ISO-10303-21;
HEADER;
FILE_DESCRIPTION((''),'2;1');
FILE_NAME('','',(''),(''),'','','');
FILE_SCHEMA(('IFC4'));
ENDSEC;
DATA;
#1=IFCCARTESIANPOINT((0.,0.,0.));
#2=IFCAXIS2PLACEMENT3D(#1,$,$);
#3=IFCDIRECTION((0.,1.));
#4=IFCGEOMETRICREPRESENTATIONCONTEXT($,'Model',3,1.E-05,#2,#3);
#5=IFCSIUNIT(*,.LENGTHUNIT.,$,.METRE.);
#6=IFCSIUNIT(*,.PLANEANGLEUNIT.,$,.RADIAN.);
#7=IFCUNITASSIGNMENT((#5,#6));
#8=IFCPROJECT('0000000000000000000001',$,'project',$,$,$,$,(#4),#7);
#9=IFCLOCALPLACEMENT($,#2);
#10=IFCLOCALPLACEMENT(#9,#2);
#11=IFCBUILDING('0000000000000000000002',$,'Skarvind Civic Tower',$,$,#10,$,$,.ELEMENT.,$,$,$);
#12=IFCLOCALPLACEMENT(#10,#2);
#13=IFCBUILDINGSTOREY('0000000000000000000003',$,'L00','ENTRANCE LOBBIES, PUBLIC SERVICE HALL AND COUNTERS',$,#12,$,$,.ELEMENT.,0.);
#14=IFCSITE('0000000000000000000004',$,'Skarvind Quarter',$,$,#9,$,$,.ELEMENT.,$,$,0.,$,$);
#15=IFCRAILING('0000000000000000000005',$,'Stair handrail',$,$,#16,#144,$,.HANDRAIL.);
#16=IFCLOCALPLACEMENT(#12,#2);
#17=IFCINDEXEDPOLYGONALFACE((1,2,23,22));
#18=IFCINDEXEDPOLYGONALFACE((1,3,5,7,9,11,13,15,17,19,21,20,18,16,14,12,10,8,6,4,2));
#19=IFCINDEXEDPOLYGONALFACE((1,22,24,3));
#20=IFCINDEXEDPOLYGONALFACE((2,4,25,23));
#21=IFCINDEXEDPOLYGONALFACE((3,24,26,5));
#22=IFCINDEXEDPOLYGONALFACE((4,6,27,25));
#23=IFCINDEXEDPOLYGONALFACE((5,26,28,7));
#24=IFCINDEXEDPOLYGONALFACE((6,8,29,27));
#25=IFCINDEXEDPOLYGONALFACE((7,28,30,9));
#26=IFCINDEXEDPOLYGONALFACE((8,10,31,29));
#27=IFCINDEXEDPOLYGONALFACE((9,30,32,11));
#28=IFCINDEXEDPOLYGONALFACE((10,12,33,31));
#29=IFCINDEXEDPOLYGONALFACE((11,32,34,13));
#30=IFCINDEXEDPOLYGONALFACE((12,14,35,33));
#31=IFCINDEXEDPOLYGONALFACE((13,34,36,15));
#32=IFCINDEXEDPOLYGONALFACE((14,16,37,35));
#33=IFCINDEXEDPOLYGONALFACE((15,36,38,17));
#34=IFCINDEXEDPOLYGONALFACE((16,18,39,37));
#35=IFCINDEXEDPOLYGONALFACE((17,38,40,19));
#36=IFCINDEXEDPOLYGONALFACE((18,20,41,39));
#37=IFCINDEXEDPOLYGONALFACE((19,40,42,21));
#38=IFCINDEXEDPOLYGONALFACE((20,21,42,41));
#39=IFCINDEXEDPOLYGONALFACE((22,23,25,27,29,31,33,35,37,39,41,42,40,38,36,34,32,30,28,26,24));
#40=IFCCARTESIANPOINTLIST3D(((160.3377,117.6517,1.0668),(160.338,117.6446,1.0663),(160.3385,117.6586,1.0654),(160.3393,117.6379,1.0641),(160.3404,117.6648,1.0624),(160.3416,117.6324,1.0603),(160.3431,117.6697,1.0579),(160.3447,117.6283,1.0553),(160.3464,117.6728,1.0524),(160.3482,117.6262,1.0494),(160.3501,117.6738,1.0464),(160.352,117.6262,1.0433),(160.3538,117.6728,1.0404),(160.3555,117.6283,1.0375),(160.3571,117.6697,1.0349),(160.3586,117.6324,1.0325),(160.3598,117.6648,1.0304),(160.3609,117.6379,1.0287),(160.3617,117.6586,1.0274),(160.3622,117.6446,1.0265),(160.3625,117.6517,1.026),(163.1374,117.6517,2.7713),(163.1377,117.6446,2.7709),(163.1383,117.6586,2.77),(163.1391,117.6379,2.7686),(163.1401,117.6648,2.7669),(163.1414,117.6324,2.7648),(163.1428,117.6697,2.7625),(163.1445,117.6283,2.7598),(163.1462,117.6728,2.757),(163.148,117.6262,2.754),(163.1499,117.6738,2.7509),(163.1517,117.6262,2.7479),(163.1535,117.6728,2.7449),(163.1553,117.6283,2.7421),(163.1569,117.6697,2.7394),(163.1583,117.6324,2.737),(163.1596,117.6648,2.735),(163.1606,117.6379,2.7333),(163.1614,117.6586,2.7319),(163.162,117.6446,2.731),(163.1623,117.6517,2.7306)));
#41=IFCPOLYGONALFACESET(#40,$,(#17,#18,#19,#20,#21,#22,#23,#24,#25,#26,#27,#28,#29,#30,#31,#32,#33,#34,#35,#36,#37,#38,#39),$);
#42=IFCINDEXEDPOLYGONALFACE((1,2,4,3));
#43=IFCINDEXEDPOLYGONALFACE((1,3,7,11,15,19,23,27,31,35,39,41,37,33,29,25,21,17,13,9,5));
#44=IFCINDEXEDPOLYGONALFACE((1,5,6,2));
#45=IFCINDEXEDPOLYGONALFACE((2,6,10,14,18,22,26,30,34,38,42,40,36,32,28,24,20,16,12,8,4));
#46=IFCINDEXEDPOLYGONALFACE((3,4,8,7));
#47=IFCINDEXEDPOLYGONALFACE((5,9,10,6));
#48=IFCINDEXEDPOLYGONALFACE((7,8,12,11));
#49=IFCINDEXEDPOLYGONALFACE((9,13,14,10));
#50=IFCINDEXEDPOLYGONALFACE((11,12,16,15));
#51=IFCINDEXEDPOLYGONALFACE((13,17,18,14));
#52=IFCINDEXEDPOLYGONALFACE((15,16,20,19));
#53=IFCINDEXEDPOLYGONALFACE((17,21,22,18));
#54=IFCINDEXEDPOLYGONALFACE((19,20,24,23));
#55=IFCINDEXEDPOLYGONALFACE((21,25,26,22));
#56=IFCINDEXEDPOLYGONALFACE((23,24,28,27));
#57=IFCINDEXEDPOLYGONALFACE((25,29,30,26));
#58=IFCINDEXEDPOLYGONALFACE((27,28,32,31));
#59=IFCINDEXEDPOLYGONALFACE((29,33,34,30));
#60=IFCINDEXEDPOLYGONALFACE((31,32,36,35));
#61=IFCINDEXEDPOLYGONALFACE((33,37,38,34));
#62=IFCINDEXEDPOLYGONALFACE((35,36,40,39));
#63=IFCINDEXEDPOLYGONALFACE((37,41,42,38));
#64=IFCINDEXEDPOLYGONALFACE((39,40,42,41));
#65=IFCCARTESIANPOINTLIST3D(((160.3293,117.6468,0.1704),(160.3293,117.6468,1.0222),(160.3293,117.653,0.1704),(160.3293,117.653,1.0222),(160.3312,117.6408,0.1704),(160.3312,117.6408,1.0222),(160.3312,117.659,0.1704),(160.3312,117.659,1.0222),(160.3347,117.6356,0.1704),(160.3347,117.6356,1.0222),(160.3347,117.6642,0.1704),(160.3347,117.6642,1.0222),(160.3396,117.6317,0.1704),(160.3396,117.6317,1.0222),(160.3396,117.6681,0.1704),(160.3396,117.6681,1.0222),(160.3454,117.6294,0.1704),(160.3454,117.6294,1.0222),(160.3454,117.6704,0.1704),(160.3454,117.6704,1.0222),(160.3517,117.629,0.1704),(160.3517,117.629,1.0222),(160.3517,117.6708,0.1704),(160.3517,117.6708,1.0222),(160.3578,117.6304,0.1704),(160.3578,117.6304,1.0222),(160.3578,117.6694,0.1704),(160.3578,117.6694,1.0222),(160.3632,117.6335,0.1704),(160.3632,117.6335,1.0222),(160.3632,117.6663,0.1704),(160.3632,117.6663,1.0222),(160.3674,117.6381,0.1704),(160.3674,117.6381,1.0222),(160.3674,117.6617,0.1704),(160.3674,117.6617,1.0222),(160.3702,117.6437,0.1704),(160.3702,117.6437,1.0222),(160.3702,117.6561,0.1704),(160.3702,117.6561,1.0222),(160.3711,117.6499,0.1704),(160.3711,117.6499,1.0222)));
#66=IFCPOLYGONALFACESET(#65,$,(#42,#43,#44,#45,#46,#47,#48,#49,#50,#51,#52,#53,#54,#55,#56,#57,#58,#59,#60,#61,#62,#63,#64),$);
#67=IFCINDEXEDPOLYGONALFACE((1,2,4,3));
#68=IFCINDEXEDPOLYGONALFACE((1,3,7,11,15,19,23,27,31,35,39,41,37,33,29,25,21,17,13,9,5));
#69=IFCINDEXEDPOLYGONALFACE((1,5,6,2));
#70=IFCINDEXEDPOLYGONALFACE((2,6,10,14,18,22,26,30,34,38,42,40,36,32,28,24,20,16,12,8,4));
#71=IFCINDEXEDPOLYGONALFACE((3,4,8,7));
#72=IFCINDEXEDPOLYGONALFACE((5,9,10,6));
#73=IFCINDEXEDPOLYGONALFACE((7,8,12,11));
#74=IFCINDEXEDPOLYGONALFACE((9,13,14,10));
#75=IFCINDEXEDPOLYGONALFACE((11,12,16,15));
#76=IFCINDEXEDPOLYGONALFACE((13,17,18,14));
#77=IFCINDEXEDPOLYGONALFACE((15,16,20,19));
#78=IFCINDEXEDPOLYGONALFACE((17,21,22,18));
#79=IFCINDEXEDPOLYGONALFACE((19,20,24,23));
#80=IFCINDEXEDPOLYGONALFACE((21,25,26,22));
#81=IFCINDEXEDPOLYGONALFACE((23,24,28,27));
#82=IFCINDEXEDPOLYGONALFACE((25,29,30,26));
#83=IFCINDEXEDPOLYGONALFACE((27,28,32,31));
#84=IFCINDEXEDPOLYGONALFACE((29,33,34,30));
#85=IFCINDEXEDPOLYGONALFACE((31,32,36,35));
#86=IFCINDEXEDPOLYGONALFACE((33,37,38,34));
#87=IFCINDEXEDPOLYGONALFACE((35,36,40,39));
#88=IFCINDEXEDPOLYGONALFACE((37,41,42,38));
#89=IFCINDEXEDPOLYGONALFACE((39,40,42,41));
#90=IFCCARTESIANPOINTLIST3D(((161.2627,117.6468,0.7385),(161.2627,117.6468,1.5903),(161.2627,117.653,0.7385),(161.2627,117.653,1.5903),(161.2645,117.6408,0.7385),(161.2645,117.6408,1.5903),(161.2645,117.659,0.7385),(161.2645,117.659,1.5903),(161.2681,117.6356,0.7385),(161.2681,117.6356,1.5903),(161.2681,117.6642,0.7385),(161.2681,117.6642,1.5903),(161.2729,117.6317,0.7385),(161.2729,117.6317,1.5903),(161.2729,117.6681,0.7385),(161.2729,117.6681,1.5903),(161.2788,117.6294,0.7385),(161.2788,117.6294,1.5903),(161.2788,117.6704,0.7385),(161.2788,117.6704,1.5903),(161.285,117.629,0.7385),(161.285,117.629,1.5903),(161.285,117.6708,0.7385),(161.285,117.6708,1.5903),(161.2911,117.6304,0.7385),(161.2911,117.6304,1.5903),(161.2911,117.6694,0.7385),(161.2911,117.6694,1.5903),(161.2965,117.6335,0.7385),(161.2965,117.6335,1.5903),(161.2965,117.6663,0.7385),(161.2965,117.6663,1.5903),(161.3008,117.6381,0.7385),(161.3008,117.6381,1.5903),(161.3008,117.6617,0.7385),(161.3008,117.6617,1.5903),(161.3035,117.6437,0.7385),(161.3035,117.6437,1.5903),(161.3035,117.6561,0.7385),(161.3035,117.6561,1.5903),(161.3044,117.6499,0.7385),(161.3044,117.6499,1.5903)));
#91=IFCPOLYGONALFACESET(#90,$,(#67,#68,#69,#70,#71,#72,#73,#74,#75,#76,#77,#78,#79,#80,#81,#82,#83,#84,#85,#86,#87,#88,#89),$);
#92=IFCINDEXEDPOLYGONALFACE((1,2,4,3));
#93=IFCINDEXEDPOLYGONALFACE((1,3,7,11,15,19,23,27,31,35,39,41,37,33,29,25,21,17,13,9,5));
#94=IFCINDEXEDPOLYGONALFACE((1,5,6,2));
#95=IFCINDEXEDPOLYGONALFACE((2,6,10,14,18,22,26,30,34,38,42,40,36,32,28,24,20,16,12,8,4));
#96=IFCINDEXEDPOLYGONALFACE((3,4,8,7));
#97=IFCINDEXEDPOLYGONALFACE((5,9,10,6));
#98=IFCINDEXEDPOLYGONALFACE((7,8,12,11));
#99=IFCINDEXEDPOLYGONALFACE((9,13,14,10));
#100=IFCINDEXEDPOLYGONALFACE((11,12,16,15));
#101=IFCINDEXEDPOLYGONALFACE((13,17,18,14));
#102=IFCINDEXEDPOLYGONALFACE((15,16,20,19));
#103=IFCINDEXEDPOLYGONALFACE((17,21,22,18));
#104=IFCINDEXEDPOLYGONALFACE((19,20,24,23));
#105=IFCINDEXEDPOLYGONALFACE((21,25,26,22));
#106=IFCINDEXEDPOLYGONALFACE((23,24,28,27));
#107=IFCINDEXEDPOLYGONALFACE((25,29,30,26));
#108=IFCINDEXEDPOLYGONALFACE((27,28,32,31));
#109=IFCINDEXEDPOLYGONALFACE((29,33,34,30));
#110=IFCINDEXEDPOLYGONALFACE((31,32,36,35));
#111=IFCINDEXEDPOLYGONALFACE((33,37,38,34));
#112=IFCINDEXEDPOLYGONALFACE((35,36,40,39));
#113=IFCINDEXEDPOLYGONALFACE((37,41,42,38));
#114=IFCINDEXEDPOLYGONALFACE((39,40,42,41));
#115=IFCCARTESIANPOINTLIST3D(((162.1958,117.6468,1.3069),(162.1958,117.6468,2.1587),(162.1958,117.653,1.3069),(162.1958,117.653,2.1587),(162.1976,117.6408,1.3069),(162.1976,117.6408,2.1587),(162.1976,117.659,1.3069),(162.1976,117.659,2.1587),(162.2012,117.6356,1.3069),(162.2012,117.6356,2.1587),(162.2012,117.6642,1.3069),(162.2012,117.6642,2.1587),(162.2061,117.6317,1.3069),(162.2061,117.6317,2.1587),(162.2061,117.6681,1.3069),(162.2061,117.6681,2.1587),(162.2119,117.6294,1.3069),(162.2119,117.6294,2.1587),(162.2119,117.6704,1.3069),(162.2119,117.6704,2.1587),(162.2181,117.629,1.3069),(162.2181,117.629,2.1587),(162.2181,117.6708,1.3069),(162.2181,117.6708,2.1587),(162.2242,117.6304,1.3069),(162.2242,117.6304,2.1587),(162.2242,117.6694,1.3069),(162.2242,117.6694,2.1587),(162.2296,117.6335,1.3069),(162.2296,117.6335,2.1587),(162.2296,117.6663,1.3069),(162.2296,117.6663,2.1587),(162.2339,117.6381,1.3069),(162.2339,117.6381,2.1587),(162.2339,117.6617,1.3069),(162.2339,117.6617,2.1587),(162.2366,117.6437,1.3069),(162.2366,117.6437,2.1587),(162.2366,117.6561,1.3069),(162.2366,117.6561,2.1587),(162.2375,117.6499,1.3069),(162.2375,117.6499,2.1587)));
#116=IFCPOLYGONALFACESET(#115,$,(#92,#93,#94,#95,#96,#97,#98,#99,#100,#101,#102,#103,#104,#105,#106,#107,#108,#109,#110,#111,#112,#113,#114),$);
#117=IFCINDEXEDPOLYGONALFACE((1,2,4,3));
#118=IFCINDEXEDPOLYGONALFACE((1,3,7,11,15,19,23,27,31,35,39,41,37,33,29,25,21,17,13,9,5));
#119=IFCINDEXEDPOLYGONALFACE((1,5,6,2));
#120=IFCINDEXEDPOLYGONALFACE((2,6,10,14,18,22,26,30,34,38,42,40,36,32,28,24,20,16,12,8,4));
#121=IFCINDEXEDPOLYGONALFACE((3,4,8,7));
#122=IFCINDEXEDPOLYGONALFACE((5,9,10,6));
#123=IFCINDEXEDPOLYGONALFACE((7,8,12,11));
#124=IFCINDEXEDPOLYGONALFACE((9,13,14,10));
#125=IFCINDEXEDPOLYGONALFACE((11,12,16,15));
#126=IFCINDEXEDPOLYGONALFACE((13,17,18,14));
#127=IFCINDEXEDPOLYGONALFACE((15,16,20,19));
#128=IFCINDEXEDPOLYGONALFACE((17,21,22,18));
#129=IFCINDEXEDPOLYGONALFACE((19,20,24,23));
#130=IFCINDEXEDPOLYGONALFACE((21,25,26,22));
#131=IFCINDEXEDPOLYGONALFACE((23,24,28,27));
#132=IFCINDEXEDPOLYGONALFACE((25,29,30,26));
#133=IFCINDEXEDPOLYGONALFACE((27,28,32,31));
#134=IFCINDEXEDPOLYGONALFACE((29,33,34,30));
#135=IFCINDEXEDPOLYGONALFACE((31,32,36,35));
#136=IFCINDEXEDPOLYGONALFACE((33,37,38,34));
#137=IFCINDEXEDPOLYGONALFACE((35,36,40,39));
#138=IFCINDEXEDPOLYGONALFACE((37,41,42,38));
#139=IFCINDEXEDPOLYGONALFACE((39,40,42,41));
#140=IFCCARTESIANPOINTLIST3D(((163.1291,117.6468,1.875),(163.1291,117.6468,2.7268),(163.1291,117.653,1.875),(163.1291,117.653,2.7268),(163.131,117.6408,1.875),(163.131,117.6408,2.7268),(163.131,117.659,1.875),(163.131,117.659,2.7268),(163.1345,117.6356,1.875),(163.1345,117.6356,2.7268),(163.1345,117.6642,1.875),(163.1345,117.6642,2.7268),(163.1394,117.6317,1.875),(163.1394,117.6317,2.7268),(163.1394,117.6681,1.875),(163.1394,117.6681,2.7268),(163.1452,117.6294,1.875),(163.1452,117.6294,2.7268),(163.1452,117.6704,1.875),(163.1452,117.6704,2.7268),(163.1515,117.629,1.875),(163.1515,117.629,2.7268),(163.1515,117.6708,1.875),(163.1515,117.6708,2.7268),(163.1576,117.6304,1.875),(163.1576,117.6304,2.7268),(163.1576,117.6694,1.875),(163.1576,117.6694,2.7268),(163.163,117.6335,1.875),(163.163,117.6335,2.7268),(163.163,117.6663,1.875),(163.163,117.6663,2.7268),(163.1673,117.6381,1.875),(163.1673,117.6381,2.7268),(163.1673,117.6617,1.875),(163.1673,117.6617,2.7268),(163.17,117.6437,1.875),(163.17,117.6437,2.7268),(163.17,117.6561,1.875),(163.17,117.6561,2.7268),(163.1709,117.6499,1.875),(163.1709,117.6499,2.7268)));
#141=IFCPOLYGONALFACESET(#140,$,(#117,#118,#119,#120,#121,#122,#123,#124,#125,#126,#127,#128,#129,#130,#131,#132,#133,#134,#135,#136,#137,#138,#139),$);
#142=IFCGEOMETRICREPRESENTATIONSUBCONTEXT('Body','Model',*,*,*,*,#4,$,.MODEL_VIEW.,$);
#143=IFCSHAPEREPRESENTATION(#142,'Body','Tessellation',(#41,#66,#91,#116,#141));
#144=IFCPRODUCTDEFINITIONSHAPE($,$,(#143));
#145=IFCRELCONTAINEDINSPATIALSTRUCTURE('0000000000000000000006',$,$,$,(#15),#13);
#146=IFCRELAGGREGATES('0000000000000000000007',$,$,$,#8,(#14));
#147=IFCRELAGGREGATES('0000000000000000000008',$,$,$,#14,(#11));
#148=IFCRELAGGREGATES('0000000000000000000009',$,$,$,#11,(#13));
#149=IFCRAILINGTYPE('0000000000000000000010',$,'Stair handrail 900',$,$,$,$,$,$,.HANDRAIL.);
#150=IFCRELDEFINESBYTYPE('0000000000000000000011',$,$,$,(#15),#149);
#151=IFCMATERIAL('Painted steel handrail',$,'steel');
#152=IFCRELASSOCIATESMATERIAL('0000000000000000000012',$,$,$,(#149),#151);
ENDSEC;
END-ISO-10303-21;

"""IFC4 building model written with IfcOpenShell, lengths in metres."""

from ifc_helpers import new_model, si_unit, direction, frame, origin, origin_2d, place, context, subcontext, project, spatial, circle, extrude, material, type_object, element, save


model = new_model("IFC4")

# Units and contexts
model_context = context("Model", 3, precision=1e-05, world=origin(), true_north=direction((0.0, 1.0)))
body_context = subcontext(model_context, "Body", "Model", "MODEL_VIEW")
ifc_project = project(units=[si_unit("LENGTHUNIT", "METRE"), si_unit("PLANEANGLEUNIT", "RADIAN")], contexts=[model_context])

# Site, building, storey
site_placement = place(None, origin())
site = spatial("IfcSite", under=ifc_project, at=site_placement, Name="Skarvind Quarter", CompositionType="ELEMENT", RefElevation=0.0)
building_placement = place(site_placement, origin())
building = spatial("IfcBuilding", under=site, at=building_placement, Name="Skarvind Civic Tower", CompositionType="ELEMENT")
storey_placement = place(building_placement, origin())
storey = spatial("IfcBuildingStorey", under=building, at=storey_placement, Name="L00", Description="ENTRANCE LOBBIES, PUBLIC SERVICE HALL AND COUNTERS", CompositionType="ELEMENT", Elevation=0.0)

# Railing
ifc_material_1 = material(Name="Painted steel handrail", Category="steel")
railing_type = type_object("IfcRailingType", Name="Stair handrail 900", PredefinedType="HANDRAIL", material=ifc_material_1)
railing_1_placement = place(storey_placement, frame((160.3501, 117.6499, 0.1704)))
element("IfcRailing", 1, at=railing_1_placement, inside=storey, type_object=railing_type, Name="Stair handrail", PredefinedType="HANDRAIL", context=body_context, shape_type="SweptSolid", body=[
    extrude(circle(Radius=0.0239, at=origin_2d()), frame((0.0, 0.0, 0.876), z_axis=(0.85415, 0.0, 0.520027), x_axis=(0.0, 1.0, 0.0)), (0.0, 0.0, 1.0), 3.2778),
    extrude(circle(Radius=0.021, at=origin_2d()), origin(), (0.0, 0.0, 1.0), 0.8518),
    extrude(circle(Radius=0.021, at=origin_2d()), frame((0.9333, 0.0, 0.5681)), (0.0, 0.0, 1.0), 0.8518),
    extrude(circle(Radius=0.021, at=origin_2d()), frame((1.8665, 0.0, 1.1365)), (0.0, 0.0, 1.0), 0.8518),
    extrude(circle(Radius=0.021, at=origin_2d()), frame((2.7998, 0.0, 1.7046)), (0.0, 0.0, 1.0), 0.8518),
])

save(model, "model.ifc")
